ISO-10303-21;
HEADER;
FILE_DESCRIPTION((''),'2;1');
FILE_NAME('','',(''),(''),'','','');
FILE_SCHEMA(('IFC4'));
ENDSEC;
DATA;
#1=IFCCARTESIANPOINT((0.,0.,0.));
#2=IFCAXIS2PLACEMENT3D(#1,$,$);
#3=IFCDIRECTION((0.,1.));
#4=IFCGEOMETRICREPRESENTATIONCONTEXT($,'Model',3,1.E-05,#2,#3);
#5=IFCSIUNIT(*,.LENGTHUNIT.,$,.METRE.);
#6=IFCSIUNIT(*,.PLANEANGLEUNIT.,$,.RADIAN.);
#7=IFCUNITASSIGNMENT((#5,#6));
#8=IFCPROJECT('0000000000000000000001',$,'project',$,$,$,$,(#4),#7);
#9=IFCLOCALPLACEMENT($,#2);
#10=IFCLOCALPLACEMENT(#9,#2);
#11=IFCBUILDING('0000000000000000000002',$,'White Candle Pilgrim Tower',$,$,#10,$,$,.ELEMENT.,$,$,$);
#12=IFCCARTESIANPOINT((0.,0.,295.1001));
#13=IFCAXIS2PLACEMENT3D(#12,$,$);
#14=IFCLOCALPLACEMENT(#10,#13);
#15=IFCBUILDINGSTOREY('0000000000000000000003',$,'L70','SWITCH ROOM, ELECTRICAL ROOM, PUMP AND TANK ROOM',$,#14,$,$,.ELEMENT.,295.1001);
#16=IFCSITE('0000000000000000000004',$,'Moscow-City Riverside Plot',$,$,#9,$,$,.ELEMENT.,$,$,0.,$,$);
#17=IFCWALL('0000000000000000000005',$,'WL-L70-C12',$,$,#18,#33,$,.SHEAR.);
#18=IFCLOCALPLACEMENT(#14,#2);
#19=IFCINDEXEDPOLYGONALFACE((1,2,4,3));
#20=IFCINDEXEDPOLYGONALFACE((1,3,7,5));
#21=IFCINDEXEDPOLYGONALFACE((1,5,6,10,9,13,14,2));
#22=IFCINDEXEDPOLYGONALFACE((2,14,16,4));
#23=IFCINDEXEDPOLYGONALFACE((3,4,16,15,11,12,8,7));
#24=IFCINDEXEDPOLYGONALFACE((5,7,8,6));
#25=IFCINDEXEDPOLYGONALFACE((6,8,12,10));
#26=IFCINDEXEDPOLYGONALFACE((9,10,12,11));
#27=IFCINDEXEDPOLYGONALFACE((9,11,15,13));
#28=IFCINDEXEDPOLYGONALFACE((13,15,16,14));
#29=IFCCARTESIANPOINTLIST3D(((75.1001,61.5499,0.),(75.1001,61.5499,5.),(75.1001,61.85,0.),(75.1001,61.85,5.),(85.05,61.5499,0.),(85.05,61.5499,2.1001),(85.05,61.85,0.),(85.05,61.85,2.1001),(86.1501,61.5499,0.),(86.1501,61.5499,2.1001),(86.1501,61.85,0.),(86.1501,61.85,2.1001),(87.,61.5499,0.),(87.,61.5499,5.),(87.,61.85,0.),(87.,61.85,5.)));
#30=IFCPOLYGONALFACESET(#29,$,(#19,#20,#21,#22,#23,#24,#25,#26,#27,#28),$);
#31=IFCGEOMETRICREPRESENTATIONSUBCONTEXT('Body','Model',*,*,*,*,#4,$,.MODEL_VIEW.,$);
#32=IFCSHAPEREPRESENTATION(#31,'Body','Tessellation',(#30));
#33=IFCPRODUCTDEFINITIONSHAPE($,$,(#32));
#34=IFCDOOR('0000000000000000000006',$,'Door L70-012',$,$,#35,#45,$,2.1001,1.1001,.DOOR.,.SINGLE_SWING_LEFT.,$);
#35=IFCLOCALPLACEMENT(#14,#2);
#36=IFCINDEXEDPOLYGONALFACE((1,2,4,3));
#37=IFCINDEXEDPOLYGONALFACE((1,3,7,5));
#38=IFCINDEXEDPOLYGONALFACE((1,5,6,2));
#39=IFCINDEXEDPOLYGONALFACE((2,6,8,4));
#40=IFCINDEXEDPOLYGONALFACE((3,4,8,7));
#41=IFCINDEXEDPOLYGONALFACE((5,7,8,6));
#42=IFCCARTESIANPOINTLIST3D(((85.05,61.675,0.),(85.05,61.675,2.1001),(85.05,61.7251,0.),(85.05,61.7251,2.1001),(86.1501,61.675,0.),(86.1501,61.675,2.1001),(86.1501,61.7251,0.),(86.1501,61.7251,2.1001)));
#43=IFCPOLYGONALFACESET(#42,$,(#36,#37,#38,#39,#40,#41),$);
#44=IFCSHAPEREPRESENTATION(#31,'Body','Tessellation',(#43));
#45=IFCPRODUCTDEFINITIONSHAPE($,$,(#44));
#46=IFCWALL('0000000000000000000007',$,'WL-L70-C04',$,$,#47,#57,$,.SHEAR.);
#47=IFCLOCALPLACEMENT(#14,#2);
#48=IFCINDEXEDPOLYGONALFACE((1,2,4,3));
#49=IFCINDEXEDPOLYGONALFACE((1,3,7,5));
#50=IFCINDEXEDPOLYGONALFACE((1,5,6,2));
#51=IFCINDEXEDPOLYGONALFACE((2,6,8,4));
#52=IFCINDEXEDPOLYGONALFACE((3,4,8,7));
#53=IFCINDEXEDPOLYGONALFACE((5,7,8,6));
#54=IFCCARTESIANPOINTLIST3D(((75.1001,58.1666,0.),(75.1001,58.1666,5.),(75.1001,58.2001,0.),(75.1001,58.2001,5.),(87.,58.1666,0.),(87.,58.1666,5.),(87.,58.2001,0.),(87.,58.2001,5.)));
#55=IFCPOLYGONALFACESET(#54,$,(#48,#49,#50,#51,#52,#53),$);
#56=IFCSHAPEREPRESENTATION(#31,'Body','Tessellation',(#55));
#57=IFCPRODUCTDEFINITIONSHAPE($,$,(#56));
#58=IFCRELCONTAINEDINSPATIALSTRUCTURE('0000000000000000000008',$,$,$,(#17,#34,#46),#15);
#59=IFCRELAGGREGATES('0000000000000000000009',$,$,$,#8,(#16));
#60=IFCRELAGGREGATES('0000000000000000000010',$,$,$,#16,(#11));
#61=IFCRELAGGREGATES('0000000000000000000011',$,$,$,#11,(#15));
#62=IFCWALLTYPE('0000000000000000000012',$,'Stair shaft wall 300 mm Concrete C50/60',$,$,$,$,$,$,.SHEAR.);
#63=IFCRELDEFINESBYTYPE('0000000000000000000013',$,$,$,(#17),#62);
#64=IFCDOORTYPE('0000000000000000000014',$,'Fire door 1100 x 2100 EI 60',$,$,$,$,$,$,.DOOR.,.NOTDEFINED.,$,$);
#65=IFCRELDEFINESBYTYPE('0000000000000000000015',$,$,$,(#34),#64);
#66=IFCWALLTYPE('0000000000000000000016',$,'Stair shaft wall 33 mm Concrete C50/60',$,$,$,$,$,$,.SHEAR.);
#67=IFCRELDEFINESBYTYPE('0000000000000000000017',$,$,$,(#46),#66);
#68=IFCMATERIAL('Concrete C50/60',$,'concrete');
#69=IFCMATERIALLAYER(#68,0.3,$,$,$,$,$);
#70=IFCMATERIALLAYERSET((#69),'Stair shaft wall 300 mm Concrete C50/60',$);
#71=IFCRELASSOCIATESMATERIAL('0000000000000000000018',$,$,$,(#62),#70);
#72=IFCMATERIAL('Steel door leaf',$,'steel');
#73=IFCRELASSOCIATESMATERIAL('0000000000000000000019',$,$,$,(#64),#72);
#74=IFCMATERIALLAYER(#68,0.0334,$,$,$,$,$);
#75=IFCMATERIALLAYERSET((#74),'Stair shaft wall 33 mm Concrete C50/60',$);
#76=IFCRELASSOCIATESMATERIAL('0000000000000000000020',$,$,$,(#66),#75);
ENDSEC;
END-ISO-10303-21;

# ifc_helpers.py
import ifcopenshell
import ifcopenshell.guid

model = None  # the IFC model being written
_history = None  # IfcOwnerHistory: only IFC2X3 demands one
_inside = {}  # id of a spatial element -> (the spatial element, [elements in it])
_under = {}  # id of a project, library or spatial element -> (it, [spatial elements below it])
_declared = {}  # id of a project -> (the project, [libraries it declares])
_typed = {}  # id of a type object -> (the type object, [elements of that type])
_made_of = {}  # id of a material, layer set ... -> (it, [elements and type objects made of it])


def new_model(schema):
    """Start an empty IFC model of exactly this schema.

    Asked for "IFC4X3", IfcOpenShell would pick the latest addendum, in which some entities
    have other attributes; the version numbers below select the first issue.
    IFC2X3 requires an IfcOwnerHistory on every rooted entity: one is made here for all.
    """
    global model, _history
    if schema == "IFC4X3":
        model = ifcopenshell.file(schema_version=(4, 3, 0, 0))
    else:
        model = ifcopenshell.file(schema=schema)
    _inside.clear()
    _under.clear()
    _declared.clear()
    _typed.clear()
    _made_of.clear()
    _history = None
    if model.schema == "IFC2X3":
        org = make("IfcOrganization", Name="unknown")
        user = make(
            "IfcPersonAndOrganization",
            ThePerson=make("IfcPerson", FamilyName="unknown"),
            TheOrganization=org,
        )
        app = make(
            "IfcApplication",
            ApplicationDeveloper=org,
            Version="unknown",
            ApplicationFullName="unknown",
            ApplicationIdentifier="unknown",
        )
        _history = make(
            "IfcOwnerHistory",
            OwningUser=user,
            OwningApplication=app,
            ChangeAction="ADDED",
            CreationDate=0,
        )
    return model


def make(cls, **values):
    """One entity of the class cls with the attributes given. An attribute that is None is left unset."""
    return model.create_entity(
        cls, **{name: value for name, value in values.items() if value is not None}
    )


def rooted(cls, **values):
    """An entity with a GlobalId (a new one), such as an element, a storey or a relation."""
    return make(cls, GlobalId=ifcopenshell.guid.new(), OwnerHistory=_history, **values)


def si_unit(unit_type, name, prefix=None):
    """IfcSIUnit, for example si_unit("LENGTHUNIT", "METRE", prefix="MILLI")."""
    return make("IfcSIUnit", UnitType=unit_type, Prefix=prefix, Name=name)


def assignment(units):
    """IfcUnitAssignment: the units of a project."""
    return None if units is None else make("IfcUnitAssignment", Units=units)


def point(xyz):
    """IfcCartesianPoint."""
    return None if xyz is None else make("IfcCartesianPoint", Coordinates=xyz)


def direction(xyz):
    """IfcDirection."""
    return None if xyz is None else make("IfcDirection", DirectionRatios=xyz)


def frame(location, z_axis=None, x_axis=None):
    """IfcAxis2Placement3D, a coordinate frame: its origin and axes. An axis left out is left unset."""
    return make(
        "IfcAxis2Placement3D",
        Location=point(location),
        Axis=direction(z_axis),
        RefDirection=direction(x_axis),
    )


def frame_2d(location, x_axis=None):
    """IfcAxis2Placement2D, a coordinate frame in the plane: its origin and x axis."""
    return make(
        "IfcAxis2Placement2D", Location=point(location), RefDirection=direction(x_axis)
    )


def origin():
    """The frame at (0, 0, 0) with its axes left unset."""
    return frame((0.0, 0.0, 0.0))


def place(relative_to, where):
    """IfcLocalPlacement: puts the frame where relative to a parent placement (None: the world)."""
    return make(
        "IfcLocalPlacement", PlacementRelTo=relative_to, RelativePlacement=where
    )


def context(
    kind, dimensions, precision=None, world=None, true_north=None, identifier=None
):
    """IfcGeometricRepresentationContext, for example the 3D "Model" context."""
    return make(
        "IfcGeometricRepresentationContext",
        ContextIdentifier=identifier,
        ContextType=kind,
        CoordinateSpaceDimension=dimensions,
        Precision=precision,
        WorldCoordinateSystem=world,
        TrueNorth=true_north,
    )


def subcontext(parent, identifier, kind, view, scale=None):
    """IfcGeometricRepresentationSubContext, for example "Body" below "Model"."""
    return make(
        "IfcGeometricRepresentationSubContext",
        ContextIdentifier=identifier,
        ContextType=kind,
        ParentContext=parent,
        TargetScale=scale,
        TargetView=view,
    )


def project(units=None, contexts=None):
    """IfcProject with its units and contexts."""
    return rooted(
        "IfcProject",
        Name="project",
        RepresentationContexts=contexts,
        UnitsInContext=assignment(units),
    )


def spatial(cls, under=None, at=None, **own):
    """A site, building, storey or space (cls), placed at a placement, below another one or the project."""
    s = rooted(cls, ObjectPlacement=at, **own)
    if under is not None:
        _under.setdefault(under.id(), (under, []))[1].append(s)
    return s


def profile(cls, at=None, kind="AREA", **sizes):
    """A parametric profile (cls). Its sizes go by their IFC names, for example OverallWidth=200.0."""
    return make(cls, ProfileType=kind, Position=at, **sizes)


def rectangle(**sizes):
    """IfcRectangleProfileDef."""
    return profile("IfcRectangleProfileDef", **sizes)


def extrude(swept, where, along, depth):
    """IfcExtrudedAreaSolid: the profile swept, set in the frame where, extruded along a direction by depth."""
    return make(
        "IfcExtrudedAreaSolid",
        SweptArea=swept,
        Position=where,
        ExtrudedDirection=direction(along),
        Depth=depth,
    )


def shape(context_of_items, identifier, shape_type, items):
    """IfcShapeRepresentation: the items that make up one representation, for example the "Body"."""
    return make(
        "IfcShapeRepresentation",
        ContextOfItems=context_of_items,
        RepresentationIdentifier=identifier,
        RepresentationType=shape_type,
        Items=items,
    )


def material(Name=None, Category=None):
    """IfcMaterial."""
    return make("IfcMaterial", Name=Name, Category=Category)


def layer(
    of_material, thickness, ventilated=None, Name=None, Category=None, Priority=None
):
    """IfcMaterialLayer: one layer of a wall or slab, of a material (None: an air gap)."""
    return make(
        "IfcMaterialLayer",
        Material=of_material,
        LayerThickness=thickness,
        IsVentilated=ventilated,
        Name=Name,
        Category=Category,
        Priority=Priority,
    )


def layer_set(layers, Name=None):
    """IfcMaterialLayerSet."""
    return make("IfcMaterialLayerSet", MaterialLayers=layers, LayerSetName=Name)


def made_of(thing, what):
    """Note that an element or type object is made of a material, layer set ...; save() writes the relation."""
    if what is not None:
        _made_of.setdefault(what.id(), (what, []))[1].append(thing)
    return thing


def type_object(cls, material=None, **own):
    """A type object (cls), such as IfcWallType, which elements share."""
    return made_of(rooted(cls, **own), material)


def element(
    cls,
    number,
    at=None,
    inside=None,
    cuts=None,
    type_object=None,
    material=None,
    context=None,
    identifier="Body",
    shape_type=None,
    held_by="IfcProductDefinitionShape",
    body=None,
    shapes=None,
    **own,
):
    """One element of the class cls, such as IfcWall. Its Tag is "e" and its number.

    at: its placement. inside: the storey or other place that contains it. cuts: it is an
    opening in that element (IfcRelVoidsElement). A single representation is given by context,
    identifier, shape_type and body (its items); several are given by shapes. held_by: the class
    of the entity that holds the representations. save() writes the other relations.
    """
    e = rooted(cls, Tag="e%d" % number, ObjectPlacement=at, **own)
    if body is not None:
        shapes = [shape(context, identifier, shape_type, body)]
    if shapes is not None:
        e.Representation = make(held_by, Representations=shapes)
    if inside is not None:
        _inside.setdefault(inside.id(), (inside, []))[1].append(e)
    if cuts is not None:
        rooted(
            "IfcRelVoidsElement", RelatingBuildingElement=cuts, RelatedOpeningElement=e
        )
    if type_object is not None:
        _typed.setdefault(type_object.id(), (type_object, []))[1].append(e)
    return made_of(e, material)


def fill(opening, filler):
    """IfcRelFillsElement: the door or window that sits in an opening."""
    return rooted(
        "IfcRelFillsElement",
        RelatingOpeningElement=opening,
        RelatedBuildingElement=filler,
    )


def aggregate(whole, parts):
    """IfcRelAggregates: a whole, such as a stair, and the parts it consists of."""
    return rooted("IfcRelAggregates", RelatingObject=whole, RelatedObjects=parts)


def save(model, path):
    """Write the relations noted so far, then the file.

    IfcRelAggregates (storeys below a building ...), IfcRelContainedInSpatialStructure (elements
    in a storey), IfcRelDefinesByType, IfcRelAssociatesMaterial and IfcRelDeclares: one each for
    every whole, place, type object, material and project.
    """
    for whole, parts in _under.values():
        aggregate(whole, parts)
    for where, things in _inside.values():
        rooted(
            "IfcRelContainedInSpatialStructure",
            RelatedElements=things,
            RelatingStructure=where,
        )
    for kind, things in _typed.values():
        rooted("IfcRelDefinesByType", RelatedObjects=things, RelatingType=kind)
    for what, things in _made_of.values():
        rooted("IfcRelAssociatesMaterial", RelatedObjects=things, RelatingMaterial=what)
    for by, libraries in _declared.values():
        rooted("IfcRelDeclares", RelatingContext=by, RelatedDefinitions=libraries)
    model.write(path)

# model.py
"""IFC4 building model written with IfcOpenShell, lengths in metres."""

from ifc_helpers import new_model, si_unit, direction, frame, frame_2d, origin, place, context, subcontext, project, spatial, rectangle, extrude, material, layer, layer_set, type_object, element, fill, save


model = new_model("IFC4")

# Units and contexts
model_context = context("Model", 3, precision=1e-05, world=origin(), true_north=direction((0.0, 1.0)))
body_context = subcontext(model_context, "Body", "Model", "MODEL_VIEW")
ifc_project = project(units=[si_unit("LENGTHUNIT", "METRE"), si_unit("PLANEANGLEUNIT", "RADIAN")], contexts=[model_context])

# Site, building, storey
site_placement = place(None, origin())
site = spatial("IfcSite", under=ifc_project, at=site_placement, Name="Moscow-City Riverside Plot", CompositionType="ELEMENT", RefElevation=0.0)
building_placement = place(site_placement, origin())
building = spatial("IfcBuilding", under=site, at=building_placement, Name="White Candle Pilgrim Tower", CompositionType="ELEMENT")
storey_placement = place(building_placement, frame((0.0, 0.0, 295.1001)))
storey = spatial("IfcBuildingStorey", under=building, at=storey_placement, Name="L70", Description="SWITCH ROOM, ELECTRICAL ROOM, PUMP AND TANK ROOM", CompositionType="ELEMENT", Elevation=295.1001)

# Shared definitions
ifc_material_1 = material(Name="Concrete C50/60", Category="concrete")

# Shared definitions
ifc_material_2 = material(Name="Steel door leaf", Category="steel")

# Shared definitions
ifc_layer_1 = layer(ifc_material_1, 0.3)
ifc_layer_set_1 = layer_set([ifc_layer_1], Name="Stair shaft wall 300 mm Concrete C50/60")
wall_type_1 = type_object("IfcWallType", Name="Stair shaft wall 300 mm Concrete C50/60", PredefinedType="SHEAR", material=ifc_layer_set_1)

# Wall, opening, door
wall_1_placement = place(storey_placement, frame((75.1001, 61.7, 0.0), z_axis=(0.0, 0.0, 1.0), x_axis=(1.0, 0.0, 0.0)))
wall_1 = element("IfcWall", 1, at=wall_1_placement, inside=storey, type_object=wall_type_1, Name="WL-L70-C12", PredefinedType="SHEAR", context=body_context, shape_type="SweptSolid", body=[
    extrude(rectangle(XDim=11.8999, YDim=0.3, at=frame_2d((5.95, 0.0))), origin(), (0.0, 0.0, 1.0), 5.0),
])
opening_1_placement = place(wall_1_placement, frame((9.95, 0.0, 0.0)))
opening_1 = element("IfcOpeningElement", 2, at=opening_1_placement, cuts=wall_1, PredefinedType="OPENING", context=body_context, shape_type="SweptSolid", body=[
    extrude(rectangle(XDim=1.1001, YDim=2.1001, at=frame_2d((0.55, 1.05))), frame((0.0, 0.1599, 0.0), z_axis=(0.0, -1.0, 0.0), x_axis=(1.0, 0.0, 0.0)), (0.0, 0.0, 1.0), 0.3201),
])
door_type_1 = type_object("IfcDoorType", Name="Fire door 1100 x 2100 EI 60", OperationType="NOTDEFINED", PredefinedType="DOOR", material=ifc_material_2)
door_1_placement = place(opening_1_placement, frame((1.1001, 0.0, 0.0), z_axis=(0.0, 0.0, 1.0), x_axis=(-1.0, 0.0, 0.0)))
door_1 = element("IfcDoor", 3, at=door_1_placement, inside=storey, type_object=door_type_1, Name="Door L70-012", OperationType="SINGLE_SWING_LEFT", OverallHeight=2.1001, OverallWidth=1.1001, PredefinedType="DOOR", context=body_context, shape_type="SweptSolid", body=[
    extrude(rectangle(XDim=1.1001, YDim=2.1001, at=frame_2d((0.55, 1.05))), frame((0.0, 0.0249, 0.0), z_axis=(0.0, -1.0, 0.0), x_axis=(1.0, 0.0, 0.0)), (0.0, 0.0, 1.0), 0.05),
])
fill(opening_1, door_1)

# Wall
ifc_layer_2 = layer(ifc_material_1, 0.0334)
ifc_layer_set_2 = layer_set([ifc_layer_2], Name="Stair shaft wall 33 mm Concrete C50/60")
wall_type_2 = type_object("IfcWallType", Name="Stair shaft wall 33 mm Concrete C50/60", PredefinedType="SHEAR", material=ifc_layer_set_2)
wall_2_placement = place(storey_placement, frame((75.1001, 58.1833, 0.0), z_axis=(0.0, 0.0, 1.0), x_axis=(1.0, 0.0, 0.0)))
element("IfcWall", 4, at=wall_2_placement, inside=storey, type_object=wall_type_2, Name="WL-L70-C04", PredefinedType="SHEAR", context=body_context, shape_type="SweptSolid", body=[
    extrude(rectangle(XDim=11.8999, YDim=0.0334, at=frame_2d((5.95, 0.0))), origin(), (0.0, 0.0, 1.0), 5.0),
])

save(model, "model.ifc")
